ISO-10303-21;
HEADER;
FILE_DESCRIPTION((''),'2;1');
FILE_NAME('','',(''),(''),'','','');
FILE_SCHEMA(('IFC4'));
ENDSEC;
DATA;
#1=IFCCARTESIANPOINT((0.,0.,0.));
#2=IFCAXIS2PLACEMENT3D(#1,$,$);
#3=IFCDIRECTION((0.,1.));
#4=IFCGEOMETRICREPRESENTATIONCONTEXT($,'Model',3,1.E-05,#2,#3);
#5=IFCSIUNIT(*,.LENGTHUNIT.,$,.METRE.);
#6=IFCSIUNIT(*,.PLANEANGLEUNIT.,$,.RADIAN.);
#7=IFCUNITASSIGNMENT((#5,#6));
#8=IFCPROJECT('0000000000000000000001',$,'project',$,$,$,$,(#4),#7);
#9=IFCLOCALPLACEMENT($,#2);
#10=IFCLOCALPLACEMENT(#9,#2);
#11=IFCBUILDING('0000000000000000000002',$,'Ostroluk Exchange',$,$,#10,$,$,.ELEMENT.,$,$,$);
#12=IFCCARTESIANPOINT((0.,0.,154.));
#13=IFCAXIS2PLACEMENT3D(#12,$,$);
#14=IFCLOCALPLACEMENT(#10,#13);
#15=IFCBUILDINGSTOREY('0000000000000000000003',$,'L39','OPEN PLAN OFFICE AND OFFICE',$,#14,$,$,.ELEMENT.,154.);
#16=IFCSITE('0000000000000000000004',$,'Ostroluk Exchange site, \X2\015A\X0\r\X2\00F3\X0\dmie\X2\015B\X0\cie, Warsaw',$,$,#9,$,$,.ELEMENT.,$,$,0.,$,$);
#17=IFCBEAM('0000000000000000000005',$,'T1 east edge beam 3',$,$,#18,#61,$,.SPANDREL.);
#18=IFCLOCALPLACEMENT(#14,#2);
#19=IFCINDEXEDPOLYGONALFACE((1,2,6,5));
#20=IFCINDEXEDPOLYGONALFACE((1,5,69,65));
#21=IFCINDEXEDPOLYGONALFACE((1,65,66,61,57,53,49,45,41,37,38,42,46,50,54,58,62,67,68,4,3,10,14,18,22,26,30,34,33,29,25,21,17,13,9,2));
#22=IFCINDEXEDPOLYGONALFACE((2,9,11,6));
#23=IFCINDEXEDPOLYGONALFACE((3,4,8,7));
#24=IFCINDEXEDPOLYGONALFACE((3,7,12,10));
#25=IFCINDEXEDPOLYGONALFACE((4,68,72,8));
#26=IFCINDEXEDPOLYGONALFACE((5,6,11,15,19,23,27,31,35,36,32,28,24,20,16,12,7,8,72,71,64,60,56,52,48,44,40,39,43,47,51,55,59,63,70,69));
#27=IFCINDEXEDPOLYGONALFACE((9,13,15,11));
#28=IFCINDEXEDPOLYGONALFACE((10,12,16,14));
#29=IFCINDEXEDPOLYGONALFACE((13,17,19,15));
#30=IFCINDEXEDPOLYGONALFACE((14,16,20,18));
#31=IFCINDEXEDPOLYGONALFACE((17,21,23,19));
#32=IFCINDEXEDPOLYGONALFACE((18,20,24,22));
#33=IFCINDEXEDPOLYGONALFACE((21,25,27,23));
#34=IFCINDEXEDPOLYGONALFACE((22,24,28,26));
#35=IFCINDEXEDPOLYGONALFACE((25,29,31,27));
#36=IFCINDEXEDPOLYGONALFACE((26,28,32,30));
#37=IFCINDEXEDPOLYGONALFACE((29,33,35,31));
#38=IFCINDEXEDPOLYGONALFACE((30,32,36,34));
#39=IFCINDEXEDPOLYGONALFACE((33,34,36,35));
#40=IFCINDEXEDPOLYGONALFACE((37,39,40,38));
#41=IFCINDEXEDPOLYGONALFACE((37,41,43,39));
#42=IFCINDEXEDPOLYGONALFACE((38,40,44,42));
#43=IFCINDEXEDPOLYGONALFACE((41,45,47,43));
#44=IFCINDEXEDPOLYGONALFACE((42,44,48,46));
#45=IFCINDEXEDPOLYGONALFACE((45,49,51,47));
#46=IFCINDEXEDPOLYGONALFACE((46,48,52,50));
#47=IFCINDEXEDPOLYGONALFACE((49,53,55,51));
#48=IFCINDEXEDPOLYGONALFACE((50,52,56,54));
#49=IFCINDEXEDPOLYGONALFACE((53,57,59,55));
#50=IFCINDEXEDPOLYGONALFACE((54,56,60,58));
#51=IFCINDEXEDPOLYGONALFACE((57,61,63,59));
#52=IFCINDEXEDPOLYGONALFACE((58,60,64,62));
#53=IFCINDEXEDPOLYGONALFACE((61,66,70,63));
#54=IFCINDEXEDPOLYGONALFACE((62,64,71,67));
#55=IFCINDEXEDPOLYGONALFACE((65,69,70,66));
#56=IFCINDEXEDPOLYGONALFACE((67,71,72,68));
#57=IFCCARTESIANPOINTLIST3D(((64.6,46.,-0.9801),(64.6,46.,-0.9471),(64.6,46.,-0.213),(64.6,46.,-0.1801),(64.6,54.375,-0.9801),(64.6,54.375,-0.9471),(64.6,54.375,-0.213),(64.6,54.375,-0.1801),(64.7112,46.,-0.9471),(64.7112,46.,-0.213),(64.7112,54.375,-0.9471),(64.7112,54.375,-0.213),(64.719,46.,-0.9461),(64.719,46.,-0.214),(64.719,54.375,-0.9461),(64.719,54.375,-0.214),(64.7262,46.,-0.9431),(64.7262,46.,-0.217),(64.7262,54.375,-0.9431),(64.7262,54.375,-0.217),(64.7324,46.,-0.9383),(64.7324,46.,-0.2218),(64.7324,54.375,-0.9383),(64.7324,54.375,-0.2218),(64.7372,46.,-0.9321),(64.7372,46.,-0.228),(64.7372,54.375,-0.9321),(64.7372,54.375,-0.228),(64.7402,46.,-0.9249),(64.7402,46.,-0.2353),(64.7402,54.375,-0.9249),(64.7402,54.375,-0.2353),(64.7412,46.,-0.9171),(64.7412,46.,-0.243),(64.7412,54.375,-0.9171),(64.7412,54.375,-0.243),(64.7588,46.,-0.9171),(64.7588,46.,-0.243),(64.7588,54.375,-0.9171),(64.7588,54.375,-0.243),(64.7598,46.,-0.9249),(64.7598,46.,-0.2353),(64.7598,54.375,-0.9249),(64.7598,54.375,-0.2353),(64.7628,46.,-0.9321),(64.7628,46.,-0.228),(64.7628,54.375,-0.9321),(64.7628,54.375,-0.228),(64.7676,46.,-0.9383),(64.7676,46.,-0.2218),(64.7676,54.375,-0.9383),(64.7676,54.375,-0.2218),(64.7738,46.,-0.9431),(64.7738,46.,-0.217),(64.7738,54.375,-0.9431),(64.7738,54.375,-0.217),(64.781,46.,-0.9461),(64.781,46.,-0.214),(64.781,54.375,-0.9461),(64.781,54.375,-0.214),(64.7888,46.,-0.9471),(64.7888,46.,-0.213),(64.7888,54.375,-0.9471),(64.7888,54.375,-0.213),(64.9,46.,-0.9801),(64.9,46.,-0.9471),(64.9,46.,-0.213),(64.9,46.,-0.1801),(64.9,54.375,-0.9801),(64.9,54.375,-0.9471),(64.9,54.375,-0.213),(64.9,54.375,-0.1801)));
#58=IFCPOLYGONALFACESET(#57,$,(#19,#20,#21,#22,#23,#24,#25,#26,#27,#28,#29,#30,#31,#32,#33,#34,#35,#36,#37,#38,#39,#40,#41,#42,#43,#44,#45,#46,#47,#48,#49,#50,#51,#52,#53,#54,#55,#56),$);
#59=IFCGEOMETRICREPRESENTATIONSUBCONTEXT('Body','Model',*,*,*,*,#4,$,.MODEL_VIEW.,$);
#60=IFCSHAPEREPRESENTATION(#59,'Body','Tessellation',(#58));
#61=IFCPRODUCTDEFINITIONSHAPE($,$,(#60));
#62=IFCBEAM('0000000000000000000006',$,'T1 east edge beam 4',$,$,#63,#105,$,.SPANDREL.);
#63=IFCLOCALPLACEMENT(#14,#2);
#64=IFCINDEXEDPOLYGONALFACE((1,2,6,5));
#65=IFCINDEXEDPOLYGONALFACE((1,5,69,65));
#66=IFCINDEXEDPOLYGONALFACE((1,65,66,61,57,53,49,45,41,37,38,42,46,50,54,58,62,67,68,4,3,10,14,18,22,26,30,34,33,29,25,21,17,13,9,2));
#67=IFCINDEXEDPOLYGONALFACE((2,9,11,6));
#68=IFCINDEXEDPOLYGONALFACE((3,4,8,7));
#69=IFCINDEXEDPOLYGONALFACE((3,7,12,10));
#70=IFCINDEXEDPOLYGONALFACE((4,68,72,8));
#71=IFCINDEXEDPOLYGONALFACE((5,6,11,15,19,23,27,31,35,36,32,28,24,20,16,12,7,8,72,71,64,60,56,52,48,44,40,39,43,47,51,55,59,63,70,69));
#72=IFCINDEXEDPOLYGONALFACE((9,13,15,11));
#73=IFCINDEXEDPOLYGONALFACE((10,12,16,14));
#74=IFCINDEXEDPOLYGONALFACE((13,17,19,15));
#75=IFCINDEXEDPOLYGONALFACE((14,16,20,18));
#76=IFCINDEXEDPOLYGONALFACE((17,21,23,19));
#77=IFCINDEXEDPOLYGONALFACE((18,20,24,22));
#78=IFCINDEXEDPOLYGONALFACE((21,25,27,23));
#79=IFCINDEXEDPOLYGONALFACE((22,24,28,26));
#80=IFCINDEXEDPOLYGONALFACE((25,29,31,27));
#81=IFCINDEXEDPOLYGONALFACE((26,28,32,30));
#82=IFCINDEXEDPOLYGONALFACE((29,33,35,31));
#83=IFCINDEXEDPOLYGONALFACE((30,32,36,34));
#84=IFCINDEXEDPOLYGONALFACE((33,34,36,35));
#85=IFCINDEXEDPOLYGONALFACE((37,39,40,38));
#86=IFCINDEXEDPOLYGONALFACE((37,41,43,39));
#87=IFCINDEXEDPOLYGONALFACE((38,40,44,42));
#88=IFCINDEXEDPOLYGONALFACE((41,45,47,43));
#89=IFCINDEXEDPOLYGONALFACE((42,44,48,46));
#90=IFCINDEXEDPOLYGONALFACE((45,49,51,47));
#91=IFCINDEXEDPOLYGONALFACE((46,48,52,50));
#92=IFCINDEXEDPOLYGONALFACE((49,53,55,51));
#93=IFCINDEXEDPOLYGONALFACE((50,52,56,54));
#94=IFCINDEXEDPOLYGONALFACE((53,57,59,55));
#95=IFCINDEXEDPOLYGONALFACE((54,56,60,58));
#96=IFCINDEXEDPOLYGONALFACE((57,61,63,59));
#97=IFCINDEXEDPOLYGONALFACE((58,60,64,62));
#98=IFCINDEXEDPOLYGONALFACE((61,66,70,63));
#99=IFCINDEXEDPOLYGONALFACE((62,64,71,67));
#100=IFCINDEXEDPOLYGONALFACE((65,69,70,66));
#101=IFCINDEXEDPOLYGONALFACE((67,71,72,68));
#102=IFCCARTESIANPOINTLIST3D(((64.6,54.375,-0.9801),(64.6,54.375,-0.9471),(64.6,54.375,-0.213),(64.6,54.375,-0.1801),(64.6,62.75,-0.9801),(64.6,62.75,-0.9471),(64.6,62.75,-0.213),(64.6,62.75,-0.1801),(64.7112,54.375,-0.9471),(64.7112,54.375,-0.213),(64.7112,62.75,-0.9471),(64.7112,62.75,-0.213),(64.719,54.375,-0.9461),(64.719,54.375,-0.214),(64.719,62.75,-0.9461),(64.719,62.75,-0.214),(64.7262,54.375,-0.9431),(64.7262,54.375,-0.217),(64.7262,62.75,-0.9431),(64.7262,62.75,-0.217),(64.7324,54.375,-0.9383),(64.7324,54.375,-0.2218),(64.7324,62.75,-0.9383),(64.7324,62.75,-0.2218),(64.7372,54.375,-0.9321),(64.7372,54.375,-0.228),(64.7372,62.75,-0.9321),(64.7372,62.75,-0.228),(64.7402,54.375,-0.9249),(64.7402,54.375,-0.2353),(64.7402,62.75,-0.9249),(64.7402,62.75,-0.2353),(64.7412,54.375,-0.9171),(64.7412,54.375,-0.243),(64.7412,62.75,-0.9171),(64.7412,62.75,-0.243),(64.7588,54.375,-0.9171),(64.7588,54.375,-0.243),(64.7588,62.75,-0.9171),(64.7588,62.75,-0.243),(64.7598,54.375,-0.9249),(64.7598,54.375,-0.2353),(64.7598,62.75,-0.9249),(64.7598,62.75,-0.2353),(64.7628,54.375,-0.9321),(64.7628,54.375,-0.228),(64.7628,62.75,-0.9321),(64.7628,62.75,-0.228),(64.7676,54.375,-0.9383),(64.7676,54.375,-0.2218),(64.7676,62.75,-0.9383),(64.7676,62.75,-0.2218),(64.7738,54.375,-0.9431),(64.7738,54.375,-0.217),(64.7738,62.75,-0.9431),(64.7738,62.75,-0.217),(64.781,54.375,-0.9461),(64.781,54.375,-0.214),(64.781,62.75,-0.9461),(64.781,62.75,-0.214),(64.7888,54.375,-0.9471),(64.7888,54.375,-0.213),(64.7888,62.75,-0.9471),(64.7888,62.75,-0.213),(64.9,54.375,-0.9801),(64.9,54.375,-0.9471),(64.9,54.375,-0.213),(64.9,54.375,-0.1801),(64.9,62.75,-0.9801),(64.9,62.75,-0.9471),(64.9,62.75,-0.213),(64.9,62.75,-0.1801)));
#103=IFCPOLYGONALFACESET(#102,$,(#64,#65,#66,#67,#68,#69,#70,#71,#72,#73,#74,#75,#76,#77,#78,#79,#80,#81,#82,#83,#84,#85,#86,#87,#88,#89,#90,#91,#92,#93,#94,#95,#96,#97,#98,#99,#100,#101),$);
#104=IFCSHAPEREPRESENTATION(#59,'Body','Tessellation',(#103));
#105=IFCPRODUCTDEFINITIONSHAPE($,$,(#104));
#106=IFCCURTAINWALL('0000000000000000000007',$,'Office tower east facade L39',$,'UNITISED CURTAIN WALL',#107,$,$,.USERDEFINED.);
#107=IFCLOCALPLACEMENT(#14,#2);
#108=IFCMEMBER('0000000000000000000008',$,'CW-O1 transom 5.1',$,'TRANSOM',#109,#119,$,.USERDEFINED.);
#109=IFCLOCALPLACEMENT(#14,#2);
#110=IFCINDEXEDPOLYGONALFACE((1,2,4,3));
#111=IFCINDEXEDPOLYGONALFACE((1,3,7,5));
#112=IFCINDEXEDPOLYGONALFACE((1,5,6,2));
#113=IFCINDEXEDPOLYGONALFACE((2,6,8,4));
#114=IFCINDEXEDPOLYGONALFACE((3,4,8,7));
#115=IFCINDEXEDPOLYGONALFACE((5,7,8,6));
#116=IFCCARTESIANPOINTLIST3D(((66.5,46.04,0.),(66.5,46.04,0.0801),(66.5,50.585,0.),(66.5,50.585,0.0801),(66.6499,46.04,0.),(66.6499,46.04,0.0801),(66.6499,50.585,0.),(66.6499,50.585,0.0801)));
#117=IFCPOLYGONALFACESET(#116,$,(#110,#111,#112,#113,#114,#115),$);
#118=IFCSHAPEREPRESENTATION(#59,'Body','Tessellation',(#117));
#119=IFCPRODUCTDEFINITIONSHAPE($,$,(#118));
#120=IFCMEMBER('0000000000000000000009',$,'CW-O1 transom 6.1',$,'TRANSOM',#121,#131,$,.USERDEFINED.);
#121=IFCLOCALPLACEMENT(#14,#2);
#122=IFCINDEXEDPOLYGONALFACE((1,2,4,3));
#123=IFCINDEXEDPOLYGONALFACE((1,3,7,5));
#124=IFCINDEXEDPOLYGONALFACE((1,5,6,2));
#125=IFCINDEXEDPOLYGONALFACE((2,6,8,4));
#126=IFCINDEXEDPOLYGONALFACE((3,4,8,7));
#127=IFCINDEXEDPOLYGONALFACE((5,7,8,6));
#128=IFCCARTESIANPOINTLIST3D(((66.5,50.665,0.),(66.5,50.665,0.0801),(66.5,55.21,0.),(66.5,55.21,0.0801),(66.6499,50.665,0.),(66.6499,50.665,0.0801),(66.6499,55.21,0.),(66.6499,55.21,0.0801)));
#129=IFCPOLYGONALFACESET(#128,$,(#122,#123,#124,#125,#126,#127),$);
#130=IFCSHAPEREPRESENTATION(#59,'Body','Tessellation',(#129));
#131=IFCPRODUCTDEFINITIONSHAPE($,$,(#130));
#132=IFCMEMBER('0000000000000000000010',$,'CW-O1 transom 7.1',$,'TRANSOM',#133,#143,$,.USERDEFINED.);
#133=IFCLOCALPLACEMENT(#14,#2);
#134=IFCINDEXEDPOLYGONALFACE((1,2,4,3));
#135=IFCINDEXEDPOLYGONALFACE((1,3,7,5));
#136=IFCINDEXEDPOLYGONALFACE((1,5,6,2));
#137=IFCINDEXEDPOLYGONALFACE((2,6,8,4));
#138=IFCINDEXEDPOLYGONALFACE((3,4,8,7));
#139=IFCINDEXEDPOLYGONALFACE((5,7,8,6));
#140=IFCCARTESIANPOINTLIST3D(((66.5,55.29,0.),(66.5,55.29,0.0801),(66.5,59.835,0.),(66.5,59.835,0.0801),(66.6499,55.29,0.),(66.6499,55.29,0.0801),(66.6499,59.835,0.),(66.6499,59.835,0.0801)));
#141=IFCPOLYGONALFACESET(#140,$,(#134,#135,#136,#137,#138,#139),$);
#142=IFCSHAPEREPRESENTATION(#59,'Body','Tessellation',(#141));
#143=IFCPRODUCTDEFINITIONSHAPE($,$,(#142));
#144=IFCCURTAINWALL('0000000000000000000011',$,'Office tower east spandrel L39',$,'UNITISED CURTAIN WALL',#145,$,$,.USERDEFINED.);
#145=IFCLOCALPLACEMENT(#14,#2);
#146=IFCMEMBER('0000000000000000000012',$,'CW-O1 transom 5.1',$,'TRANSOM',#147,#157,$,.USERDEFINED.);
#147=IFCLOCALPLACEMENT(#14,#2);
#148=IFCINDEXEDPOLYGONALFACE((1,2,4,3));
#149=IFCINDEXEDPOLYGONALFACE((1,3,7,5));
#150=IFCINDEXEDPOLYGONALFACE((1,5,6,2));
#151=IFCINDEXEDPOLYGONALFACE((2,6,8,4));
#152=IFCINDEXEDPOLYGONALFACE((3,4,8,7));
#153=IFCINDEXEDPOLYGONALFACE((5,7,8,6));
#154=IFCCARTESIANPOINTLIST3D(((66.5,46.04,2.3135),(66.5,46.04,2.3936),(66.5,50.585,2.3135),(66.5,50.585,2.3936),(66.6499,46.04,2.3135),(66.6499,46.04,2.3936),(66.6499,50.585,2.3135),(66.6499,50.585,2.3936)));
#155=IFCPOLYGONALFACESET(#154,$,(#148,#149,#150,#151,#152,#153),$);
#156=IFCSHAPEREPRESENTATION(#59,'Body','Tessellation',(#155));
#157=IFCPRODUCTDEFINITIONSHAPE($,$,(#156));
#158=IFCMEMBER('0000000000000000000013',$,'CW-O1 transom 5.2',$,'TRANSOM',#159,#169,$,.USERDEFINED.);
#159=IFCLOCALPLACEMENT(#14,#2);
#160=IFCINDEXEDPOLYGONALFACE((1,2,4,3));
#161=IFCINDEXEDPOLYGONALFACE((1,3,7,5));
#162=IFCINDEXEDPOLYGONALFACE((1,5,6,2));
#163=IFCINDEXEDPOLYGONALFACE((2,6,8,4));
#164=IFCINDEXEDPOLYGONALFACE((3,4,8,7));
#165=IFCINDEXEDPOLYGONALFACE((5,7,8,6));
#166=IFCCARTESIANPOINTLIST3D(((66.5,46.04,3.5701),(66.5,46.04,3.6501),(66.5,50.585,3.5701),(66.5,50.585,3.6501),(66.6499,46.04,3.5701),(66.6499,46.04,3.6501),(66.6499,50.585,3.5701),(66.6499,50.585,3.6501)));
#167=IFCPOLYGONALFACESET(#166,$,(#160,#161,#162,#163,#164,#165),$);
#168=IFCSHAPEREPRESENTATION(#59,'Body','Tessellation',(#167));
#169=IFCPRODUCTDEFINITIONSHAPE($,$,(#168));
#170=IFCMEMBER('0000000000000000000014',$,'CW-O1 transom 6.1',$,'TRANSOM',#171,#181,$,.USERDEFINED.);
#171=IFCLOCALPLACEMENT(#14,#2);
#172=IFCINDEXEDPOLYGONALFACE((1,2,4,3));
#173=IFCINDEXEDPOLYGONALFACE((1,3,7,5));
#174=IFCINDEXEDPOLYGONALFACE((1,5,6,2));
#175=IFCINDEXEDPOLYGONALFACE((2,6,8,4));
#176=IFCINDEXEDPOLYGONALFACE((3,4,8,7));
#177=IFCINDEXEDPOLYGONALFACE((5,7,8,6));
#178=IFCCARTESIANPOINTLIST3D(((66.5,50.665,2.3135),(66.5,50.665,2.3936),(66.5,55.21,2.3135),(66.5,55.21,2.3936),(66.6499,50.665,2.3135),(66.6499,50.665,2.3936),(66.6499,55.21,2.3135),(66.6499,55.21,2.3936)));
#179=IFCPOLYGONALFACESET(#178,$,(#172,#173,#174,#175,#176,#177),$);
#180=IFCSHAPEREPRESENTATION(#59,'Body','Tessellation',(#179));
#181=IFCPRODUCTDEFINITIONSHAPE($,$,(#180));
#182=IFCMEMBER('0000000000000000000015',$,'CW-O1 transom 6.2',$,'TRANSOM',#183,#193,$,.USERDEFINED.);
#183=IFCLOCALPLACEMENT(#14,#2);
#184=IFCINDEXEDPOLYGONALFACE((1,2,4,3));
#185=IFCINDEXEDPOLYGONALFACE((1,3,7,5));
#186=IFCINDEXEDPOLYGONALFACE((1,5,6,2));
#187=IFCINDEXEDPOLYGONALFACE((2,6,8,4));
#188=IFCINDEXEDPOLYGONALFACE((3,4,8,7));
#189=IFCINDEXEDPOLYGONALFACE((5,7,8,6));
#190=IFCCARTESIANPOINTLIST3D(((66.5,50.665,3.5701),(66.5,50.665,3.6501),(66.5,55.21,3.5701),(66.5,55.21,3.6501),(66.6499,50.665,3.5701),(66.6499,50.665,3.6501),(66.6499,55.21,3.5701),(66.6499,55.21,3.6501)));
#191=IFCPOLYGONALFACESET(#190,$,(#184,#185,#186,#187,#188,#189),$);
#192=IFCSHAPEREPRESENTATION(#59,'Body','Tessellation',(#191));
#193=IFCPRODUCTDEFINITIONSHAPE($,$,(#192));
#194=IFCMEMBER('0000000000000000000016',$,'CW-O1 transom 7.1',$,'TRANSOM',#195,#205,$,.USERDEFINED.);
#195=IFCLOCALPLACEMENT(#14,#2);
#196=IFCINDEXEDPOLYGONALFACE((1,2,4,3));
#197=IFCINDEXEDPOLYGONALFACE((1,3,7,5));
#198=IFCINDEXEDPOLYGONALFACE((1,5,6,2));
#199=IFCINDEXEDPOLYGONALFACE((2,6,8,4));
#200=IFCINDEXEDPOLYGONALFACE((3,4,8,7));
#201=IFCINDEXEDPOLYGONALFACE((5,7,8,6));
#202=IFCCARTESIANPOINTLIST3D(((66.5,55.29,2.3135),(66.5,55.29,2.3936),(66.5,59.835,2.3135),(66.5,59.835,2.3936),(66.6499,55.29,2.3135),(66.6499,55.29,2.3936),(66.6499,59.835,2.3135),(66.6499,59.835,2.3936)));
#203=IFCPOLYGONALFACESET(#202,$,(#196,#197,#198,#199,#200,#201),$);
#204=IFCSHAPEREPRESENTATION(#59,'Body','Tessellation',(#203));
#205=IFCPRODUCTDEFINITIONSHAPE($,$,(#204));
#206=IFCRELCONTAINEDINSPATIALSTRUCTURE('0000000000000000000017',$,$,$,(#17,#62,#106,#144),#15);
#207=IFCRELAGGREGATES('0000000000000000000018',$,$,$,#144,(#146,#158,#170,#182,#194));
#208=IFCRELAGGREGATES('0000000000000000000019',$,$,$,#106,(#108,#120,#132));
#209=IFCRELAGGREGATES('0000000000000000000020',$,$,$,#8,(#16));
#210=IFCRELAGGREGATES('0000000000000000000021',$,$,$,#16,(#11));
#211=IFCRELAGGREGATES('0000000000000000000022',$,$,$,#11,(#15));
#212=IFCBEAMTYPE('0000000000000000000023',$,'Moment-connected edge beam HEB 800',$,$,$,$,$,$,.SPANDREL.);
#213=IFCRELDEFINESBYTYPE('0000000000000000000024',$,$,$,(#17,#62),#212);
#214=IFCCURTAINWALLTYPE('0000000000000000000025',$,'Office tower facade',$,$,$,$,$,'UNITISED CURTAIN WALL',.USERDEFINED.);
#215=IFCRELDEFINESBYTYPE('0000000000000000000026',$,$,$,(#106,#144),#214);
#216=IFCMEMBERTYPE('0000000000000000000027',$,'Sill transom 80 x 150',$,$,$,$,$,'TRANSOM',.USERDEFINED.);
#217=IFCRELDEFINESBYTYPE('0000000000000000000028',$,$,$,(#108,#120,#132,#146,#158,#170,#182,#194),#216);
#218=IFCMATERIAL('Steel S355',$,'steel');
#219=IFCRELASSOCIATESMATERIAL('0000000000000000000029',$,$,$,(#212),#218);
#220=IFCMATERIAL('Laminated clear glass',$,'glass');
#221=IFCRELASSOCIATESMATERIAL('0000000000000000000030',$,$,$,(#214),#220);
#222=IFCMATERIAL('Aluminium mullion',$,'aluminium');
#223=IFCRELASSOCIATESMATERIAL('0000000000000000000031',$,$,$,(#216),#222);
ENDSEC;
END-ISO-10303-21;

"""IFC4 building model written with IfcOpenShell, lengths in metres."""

from ifc_helpers import new_model, si_unit, direction, frame, origin, origin_2d, place, context, subcontext, project, spatial, rectangle, i_section, extrude, material, material_profile, profile_set, type_object, element, aggregate, save


model = new_model("IFC4")

# Units and contexts
model_context = context("Model", 3, precision=1e-05, world=origin(), true_north=direction((0.0, 1.0)))
body_context = subcontext(model_context, "Body", "Model", "MODEL_VIEW")
ifc_project = project(units=[si_unit("LENGTHUNIT", "METRE"), si_unit("PLANEANGLEUNIT", "RADIAN")], contexts=[model_context])

# Site, building, storey
site_placement = place(None, origin())
site = spatial("IfcSite", under=ifc_project, at=site_placement, Name="Ostroluk Exchange site, Śródmieście, Warsaw", CompositionType="ELEMENT", RefElevation=0.0)
building_placement = place(site_placement, origin())
building = spatial("IfcBuilding", under=site, at=building_placement, Name="Ostroluk Exchange", CompositionType="ELEMENT")
storey_placement = place(building_placement, frame((0.0, 0.0, 154.0)))
storey = spatial("IfcBuildingStorey", under=building, at=storey_placement, Name="L39", Description="OPEN PLAN OFFICE AND OFFICE", CompositionType="ELEMENT", Elevation=154.0)

# Beams
ifc_material_1 = material(Name="Steel S355", Category="steel")
ifc_material_profile_1 = material_profile(ifc_material_1, i_section(OverallWidth=0.3, OverallDepth=0.8, WebThickness=0.0176, FlangeThickness=0.033, FilletRadius=0.03, at=origin_2d()), Name="HEB 800")
ifc_profile_set_1 = profile_set([ifc_material_profile_1], Name="Steel S355")
beam_type = type_object("IfcBeamType", Name="Moment-connected edge beam HEB 800", PredefinedType="SPANDREL", material=ifc_profile_set_1)
for number, where, z_axis, x_axis, name in (
    (1, (64.75, 46.0, -0.5801), (0.0, 1.0, 0.0), (-1.0, 0.0, 0.0), "T1 east edge beam 3"),
    (2, (64.75, 54.375, -0.5801), (0.0, 1.0, 0.0), (-1.0, 0.0, 0.0), "T1 east edge beam 4"),
):
    element("IfcBeam", number, at=place(storey_placement, frame(where, z_axis=z_axis, x_axis=x_axis)), inside=storey, type_object=beam_type, Name=name, PredefinedType="SPANDREL", context=body_context, shape_type="SweptSolid", body=[
        extrude(i_section(OverallWidth=0.3, OverallDepth=0.8, WebThickness=0.0176, FlangeThickness=0.033, FilletRadius=0.03, at=origin_2d()), origin(), (0.0, 0.0, 1.0), 8.375),
    ])

# Curtain walls, members
ifc_material_2 = material(Name="Laminated clear glass", Category="glass")
curtain_wall_type = type_object("IfcCurtainWallType", Name="Office tower facade", ElementType="UNITISED CURTAIN WALL", PredefinedType="USERDEFINED", material=ifc_material_2)
curtain_wall_1_placement = place(storey_placement, origin())
curtain_wall_1 = element("IfcCurtainWall", 3, at=curtain_wall_1_placement, inside=storey, type_object=curtain_wall_type, Name="Office tower east facade L39", ObjectType="UNITISED CURTAIN WALL", PredefinedType="USERDEFINED")
ifc_material_3 = material(Name="Aluminium mullion", Category="aluminium")
ifc_material_profile_2 = material_profile(ifc_material_3, rectangle(XDim=0.1499, YDim=0.0801, at=origin_2d()), Name="Sill transom 80 x 150")
ifc_profile_set_2 = profile_set([ifc_material_profile_2], Name="Aluminium mullion")
member_type_1 = type_object("IfcMemberType", Name="Sill transom 80 x 150", ElementType="TRANSOM", PredefinedType="USERDEFINED", material=ifc_profile_set_2)
member_1_placement = place(storey_placement, frame((66.575, 46.04, 0.04), z_axis=(0.0, 1.0, 0.0), x_axis=(-1.0, 0.0, 0.0)))
member_1 = element("IfcMember", 4, at=member_1_placement, type_object=member_type_1, Name="CW-O1 transom 5.1", ObjectType="TRANSOM", PredefinedType="USERDEFINED", context=body_context, shape_type="SweptSolid", body=[
    extrude(rectangle(XDim=0.1499, YDim=0.0801, at=origin_2d()), origin(), (0.0, 0.0, 1.0), 4.5449),
])
member_2_placement = place(storey_placement, frame((66.575, 50.665, 0.04), z_axis=(0.0, 1.0, 0.0), x_axis=(-1.0, 0.0, 0.0)))
member_2 = element("IfcMember", 5, at=member_2_placement, type_object=member_type_1, Name="CW-O1 transom 6.1", ObjectType="TRANSOM", PredefinedType="USERDEFINED", context=body_context, shape_type="SweptSolid", body=[
    extrude(rectangle(XDim=0.1499, YDim=0.0801, at=origin_2d()), origin(), (0.0, 0.0, 1.0), 4.5449),
])
member_3_placement = place(storey_placement, frame((66.575, 55.29, 0.04), z_axis=(0.0, 1.0, 0.0), x_axis=(-1.0, 0.0, 0.0)))
member_3 = element("IfcMember", 6, at=member_3_placement, type_object=member_type_1, Name="CW-O1 transom 7.1", ObjectType="TRANSOM", PredefinedType="USERDEFINED", context=body_context, shape_type="SweptSolid", body=[
    extrude(rectangle(XDim=0.1499, YDim=0.0801, at=origin_2d()), origin(), (0.0, 0.0, 1.0), 4.5449),
])
curtain_wall_2_placement = place(storey_placement, origin())
curtain_wall_2 = element("IfcCurtainWall", 7, at=curtain_wall_2_placement, inside=storey, type_object=curtain_wall_type, Name="Office tower east spandrel L39", ObjectType="UNITISED CURTAIN WALL", PredefinedType="USERDEFINED")
member_4_placement = place(storey_placement, frame((66.575, 46.04, 2.3535), z_axis=(0.0, 1.0, 0.0), x_axis=(-1.0, 0.0, 0.0)))
member_4 = element("IfcMember", 8, at=member_4_placement, type_object=member_type_1, Name="CW-O1 transom 5.1", ObjectType="TRANSOM", PredefinedType="USERDEFINED", context=body_context, shape_type="SweptSolid", body=[
    extrude(rectangle(XDim=0.1499, YDim=0.0801, at=origin_2d()), origin(), (0.0, 0.0, 1.0), 4.5449),
])
member_5_placement = place(storey_placement, frame((66.575, 46.04, 3.6101), z_axis=(0.0, 1.0, 0.0), x_axis=(-1.0, 0.0, 0.0)))
member_5 = element("IfcMember", 9, at=member_5_placement, type_object=member_type_1, Name="CW-O1 transom 5.2", ObjectType="TRANSOM", PredefinedType="USERDEFINED", context=body_context, shape_type="SweptSolid", body=[
    extrude(rectangle(XDim=0.1499, YDim=0.0801, at=origin_2d()), origin(), (0.0, 0.0, 1.0), 4.5449),
])
member_6_placement = place(storey_placement, frame((66.575, 50.665, 2.3535), z_axis=(0.0, 1.0, 0.0), x_axis=(-1.0, 0.0, 0.0)))
member_6 = element("IfcMember", 10, at=member_6_placement, type_object=member_type_1, Name="CW-O1 transom 6.1", ObjectType="TRANSOM", PredefinedType="USERDEFINED", context=body_context, shape_type="SweptSolid", body=[
    extrude(rectangle(XDim=0.1499, YDim=0.0801, at=origin_2d()), origin(), (0.0, 0.0, 1.0), 4.5449),
])
member_7_placement = place(storey_placement, frame((66.575, 50.665, 3.6101), z_axis=(0.0, 1.0, 0.0), x_axis=(-1.0, 0.0, 0.0)))
member_7 = element("IfcMember", 11, at=member_7_placement, type_object=member_type_1, Name="CW-O1 transom 6.2", ObjectType="TRANSOM", PredefinedType="USERDEFINED", context=body_context, shape_type="SweptSolid", body=[
    extrude(rectangle(XDim=0.1499, YDim=0.0801, at=origin_2d()), origin(), (0.0, 0.0, 1.0), 4.5449),
])
member_8_placement = place(storey_placement, frame((66.575, 55.29, 2.3535), z_axis=(0.0, 1.0, 0.0), x_axis=(-1.0, 0.0, 0.0)))
member_8 = element("IfcMember", 12, at=member_8_placement, type_object=member_type_1, Name="CW-O1 transom 7.1", ObjectType="TRANSOM", PredefinedType="USERDEFINED", context=body_context, shape_type="SweptSolid", body=[
    extrude(rectangle(XDim=0.1499, YDim=0.0801, at=origin_2d()), origin(), (0.0, 0.0, 1.0), 4.5449),
])

aggregate(curtain_wall_2, [member_4, member_5, member_6, member_7, member_8])
aggregate(curtain_wall_1, [member_1, member_2, member_3])

save(model, "model.ifc")
